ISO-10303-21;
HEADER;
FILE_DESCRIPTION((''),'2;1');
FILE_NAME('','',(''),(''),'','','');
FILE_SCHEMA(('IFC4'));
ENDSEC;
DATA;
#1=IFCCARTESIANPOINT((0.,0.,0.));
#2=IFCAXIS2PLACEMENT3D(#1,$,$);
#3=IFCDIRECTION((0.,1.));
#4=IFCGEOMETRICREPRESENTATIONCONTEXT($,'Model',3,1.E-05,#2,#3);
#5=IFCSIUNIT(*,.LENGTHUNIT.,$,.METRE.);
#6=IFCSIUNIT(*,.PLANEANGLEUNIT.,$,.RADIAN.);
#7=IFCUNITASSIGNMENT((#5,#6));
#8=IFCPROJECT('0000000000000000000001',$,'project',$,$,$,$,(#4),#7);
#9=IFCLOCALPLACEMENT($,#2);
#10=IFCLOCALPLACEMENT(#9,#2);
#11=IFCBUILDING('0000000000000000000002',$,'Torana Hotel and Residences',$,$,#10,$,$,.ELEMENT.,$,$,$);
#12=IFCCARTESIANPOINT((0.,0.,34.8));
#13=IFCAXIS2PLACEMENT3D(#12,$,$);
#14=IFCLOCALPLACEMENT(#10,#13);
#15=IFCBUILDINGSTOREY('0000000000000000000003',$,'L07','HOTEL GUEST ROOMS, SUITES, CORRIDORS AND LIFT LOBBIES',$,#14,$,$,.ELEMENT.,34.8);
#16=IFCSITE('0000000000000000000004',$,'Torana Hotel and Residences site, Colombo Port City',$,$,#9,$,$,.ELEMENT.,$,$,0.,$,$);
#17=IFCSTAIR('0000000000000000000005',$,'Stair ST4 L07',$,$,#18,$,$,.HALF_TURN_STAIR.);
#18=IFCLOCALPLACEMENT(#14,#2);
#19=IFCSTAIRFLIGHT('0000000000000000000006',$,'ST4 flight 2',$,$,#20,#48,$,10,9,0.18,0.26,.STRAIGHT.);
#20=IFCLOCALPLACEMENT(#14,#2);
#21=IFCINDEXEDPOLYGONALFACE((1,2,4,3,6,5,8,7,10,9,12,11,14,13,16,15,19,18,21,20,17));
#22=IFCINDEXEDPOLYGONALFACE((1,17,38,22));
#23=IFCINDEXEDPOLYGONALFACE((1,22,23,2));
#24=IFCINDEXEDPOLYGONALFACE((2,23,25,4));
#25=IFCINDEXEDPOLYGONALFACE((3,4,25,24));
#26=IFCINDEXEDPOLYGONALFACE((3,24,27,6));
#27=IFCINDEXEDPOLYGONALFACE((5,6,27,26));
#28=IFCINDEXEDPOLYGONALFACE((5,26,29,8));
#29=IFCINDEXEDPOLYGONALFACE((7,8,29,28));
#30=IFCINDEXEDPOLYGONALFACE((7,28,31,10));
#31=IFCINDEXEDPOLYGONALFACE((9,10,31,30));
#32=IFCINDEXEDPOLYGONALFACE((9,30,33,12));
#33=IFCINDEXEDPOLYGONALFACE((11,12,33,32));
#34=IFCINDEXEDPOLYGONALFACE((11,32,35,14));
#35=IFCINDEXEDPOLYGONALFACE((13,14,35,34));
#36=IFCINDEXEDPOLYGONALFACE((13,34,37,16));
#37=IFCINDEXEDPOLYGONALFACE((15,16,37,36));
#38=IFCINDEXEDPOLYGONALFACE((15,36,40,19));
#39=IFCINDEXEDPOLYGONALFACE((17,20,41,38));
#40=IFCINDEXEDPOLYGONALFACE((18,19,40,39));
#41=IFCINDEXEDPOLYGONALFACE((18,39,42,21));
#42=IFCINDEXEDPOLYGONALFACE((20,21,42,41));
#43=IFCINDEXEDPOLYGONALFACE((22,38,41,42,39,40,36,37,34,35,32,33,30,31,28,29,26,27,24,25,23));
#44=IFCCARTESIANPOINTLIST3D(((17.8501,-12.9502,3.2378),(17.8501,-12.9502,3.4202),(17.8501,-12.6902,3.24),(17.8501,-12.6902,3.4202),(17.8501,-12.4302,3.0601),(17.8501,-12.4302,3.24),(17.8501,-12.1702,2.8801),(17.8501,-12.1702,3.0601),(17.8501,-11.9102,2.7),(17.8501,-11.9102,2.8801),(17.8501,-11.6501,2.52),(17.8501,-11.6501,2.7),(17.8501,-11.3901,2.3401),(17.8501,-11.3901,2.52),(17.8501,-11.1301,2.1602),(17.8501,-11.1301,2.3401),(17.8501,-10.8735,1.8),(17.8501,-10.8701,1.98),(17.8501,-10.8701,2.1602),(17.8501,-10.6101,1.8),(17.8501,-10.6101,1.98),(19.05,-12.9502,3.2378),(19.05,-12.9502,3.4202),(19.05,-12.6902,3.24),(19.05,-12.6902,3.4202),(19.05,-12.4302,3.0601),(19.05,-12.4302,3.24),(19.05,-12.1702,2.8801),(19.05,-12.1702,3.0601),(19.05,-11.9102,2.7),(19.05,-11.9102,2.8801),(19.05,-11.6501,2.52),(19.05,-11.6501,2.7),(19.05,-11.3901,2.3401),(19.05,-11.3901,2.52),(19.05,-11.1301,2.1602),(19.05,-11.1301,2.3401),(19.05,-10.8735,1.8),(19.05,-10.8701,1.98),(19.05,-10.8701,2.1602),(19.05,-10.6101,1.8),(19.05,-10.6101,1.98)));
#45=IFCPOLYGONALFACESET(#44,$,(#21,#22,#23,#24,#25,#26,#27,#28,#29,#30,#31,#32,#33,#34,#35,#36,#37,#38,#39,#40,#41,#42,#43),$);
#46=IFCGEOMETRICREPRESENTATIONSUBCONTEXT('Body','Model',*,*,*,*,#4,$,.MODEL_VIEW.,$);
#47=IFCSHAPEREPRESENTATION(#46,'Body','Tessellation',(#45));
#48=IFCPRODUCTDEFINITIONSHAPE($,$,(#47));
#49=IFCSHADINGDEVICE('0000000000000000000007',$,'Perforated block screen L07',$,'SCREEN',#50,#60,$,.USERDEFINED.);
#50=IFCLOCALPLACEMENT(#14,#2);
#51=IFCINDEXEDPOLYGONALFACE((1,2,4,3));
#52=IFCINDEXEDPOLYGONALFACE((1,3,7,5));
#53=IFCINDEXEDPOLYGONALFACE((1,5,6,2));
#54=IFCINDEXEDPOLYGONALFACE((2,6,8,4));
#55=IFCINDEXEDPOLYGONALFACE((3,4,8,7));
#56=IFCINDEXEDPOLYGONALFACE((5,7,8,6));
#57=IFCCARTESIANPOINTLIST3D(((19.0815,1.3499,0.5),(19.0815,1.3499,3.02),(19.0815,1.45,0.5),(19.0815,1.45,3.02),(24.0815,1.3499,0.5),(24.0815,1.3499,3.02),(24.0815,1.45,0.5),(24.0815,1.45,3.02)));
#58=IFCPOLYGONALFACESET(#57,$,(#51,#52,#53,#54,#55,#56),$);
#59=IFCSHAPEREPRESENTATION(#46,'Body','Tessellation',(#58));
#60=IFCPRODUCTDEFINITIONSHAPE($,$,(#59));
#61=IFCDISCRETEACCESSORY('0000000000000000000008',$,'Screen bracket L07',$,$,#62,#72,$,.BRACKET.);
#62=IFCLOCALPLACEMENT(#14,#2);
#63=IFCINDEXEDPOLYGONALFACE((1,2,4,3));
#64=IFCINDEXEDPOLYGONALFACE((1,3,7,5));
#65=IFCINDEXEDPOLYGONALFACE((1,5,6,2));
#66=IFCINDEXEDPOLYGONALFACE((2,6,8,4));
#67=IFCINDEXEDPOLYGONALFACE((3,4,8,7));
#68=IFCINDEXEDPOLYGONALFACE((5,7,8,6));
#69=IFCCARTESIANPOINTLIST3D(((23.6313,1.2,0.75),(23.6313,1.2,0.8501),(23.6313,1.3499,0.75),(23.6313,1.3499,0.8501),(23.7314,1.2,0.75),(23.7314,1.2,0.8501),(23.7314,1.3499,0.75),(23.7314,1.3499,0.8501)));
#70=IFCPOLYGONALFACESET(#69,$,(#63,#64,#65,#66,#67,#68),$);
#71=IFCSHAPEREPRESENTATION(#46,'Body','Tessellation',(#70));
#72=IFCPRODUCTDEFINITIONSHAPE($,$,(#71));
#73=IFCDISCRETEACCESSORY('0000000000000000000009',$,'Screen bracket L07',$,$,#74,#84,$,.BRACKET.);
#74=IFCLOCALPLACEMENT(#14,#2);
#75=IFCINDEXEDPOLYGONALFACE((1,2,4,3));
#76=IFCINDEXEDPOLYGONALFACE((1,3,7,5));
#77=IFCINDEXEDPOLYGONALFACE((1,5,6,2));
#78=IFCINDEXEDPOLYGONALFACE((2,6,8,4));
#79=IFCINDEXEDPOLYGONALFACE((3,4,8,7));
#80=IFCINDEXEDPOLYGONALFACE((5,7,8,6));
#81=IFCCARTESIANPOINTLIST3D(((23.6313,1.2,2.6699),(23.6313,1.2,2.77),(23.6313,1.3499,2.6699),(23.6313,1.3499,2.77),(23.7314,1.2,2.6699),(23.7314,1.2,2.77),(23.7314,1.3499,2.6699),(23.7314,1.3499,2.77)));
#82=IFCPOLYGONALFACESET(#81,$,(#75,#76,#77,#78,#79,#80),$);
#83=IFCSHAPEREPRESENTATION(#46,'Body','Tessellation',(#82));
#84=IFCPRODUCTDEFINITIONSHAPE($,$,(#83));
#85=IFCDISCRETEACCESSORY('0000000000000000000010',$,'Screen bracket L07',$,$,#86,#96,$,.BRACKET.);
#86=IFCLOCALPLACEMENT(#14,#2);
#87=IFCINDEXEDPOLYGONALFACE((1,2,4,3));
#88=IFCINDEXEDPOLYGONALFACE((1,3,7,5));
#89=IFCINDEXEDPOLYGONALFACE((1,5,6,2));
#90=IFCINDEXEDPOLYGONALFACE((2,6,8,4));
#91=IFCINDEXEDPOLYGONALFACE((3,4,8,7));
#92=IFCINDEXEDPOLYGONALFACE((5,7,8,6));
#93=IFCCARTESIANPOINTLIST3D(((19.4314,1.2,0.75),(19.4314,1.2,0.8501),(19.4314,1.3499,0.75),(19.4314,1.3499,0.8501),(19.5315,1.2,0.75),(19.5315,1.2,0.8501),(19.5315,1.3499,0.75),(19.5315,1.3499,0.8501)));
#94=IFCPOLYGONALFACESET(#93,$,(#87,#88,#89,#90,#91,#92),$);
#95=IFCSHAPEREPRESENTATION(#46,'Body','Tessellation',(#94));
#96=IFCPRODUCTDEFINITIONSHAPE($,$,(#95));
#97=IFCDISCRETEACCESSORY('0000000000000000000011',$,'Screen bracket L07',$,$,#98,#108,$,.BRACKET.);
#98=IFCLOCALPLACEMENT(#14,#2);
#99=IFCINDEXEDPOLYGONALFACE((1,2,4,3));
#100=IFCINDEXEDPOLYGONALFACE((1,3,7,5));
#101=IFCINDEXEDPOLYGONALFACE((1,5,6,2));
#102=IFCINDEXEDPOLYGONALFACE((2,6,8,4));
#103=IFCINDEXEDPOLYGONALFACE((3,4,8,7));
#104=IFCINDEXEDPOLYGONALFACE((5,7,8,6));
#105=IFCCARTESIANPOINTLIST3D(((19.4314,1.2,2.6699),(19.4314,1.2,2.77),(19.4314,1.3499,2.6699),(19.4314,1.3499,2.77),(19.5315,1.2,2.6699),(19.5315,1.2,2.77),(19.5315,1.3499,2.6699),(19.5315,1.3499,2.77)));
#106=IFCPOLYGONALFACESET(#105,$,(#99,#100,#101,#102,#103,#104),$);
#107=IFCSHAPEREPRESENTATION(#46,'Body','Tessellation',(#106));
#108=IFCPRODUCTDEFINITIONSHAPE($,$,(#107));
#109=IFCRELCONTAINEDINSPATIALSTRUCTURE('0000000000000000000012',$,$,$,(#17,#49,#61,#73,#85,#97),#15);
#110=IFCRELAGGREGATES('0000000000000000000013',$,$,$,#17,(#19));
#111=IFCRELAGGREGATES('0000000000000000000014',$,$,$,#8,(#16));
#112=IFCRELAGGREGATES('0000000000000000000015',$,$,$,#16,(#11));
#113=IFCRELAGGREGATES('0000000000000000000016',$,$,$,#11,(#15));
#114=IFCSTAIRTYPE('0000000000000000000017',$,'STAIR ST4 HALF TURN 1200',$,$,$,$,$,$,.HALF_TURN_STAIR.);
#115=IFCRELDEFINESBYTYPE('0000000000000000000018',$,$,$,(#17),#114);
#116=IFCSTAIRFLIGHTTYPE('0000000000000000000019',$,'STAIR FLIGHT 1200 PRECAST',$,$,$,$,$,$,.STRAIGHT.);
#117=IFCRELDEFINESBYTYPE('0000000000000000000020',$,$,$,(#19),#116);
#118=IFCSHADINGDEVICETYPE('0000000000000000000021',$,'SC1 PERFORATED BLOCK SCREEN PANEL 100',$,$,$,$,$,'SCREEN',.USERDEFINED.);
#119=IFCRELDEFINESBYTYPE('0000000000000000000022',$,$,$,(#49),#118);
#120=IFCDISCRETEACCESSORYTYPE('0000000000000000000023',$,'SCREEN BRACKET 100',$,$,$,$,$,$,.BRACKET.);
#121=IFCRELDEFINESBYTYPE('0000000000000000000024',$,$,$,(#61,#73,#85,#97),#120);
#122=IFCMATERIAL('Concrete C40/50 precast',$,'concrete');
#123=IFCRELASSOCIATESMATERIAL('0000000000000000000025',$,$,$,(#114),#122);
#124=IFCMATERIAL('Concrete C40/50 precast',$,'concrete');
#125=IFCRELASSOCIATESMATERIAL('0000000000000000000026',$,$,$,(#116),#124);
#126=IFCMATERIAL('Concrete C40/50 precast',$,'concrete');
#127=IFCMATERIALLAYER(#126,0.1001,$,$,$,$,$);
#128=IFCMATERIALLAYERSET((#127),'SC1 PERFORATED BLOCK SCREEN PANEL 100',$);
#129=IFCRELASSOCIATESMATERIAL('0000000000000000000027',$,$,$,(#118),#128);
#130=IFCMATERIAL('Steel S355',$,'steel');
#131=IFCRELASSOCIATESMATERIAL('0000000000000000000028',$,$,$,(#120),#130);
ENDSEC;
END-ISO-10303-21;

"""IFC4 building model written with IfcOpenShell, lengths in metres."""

from ifc_helpers import new_model, si_unit, direction, frame, origin, origin_2d, place, context, subcontext, project, spatial, polyline, rectangle, outline, extrude, material, layer, layer_set, type_object, element, aggregate, save


model = new_model("IFC4")

# Units and contexts
model_context = context("Model", 3, precision=1e-05, world=origin(), true_north=direction((0.0, 1.0)))
body_context = subcontext(model_context, "Body", "Model", "MODEL_VIEW")
ifc_project = project(units=[si_unit("LENGTHUNIT", "METRE"), si_unit("PLANEANGLEUNIT", "RADIAN")], contexts=[model_context])

# Site, building, storey
site_placement = place(None, origin())
site = spatial("IfcSite", under=ifc_project, at=site_placement, Name="Torana Hotel and Residences site, Colombo Port City", CompositionType="ELEMENT", RefElevation=0.0)
building_placement = place(site_placement, origin())
building = spatial("IfcBuilding", under=site, at=building_placement, Name="Torana Hotel and Residences", CompositionType="ELEMENT")
storey_placement = place(building_placement, frame((0.0, 0.0, 34.8)))
storey = spatial("IfcBuildingStorey", under=building, at=storey_placement, Name="L07", Description="HOTEL GUEST ROOMS, SUITES, CORRIDORS AND LIFT LOBBIES", CompositionType="ELEMENT", Elevation=34.8)

# Stair, stair flight
ifc_material_1 = material(Name="Concrete C40/50 precast", Category="concrete")
stair_type = type_object("IfcStairType", Name="STAIR ST4 HALF TURN 1200", PredefinedType="HALF_TURN_STAIR", material=ifc_material_1)
stair_placement = place(storey_placement, origin())
stair = element("IfcStair", 1, at=stair_placement, inside=storey, type_object=stair_type, Name="Stair ST4 L07", PredefinedType="HALF_TURN_STAIR")
ifc_material_2 = material(Name="Concrete C40/50 precast", Category="concrete")
stair_flight_type = type_object("IfcStairFlightType", Name="STAIR FLIGHT 1200 PRECAST", PredefinedType="STRAIGHT", material=ifc_material_2)
stair_flight_1_placement = place(storey_placement, frame((18.45, -10.6101, 1.8), z_axis=(0.0, 0.0, 1.0), x_axis=(0.0, -1.0, 0.0)))
stair_flight_1 = element("IfcStairFlight", 2, at=stair_flight_1_placement, type_object=stair_flight_type, Name="ST4 flight 2", NumberOfRisers=10, NumberOfTreads=9, PredefinedType="STRAIGHT", RiserHeight=0.18, TreadLength=0.26, context=body_context, shape_type="SweptSolid", body=[
    extrude(outline(polyline([(0.0, 0.0), (0.0, 0.1799), (0.26, 0.1799), (0.26, 0.3601), (0.52, 0.3601), (0.52, 0.54), (0.78, 0.54), (0.78, 0.72), (1.04, 0.72), (1.04, 0.8999), (1.3, 0.8999), (1.3, 1.0801), (1.5601, 1.0801), (1.5601, 1.26), (1.8201, 1.26), (1.8201, 1.4399), (2.0801, 1.4399), (2.0801, 1.6201), (2.3401, 1.6201), (2.3401, 1.8), (2.3401, 1.4377), (0.2634, 0.0), (0.0, 0.0)])), frame((0.0, 0.6001, 0.0), z_axis=(0.0, -1.0, 0.0), x_axis=(1.0, 0.0, 0.0)), (0.0, 0.0, 1.0), 1.2),
])
aggregate(stair, [stair_flight_1])

# Shading device
ifc_material_3 = material(Name="Concrete C40/50 precast", Category="concrete")
ifc_layer_1 = layer(ifc_material_3, 0.1001)
ifc_layer_set_1 = layer_set([ifc_layer_1], Name="SC1 PERFORATED BLOCK SCREEN PANEL 100")
shading_device_type = type_object("IfcShadingDeviceType", Name="SC1 PERFORATED BLOCK SCREEN PANEL 100", ElementType="SCREEN", PredefinedType="USERDEFINED", material=ifc_layer_set_1)
shading_device_placement = place(storey_placement, frame((21.5815, 1.3999, 0.5), z_axis=(0.0, 0.0, 1.0), x_axis=(-1.0, 0.0, 0.0)))
element("IfcShadingDevice", 3, at=shading_device_placement, inside=storey, type_object=shading_device_type, Name="Perforated block screen L07", ObjectType="SCREEN", PredefinedType="USERDEFINED", context=body_context, shape_type="SweptSolid", body=[
    extrude(rectangle(XDim=5.0, YDim=0.1001, at=origin_2d()), origin(), (0.0, 0.0, 1.0), 2.52),
])

# Discrete accessories
ifc_material_4 = material(Name="Steel S355", Category="steel")
discrete_accessory_type = type_object("IfcDiscreteAccessoryType", Name="SCREEN BRACKET 100", PredefinedType="BRACKET", material=ifc_material_4)
for number, where, z_axis, x_axis, name in (
    (4, (23.6814, 1.2749, 0.75), (0.0, 0.0, 1.0), (-1.0, 0.0, 0.0), "Screen bracket L07"),
    (5, (23.6814, 1.2749, 2.6699), (0.0, 0.0, 1.0), (-1.0, 0.0, 0.0), "Screen bracket L07"),
    (6, (19.4814, 1.2749, 0.75), (0.0, 0.0, 1.0), (-1.0, 0.0, 0.0), "Screen bracket L07"),
    (7, (19.4814, 1.2749, 2.6699), (0.0, 0.0, 1.0), (-1.0, 0.0, 0.0), "Screen bracket L07"),
):
    element("IfcDiscreteAccessory", number, at=place(storey_placement, frame(where, z_axis=z_axis, x_axis=x_axis)), inside=storey, type_object=discrete_accessory_type, Name=name, PredefinedType="BRACKET", context=body_context, shape_type="SweptSolid", body=[
        extrude(rectangle(XDim=0.1001, YDim=0.1499, at=origin_2d()), origin(), (0.0, 0.0, 1.0), 0.1001),
    ])

save(model, "model.ifc")
